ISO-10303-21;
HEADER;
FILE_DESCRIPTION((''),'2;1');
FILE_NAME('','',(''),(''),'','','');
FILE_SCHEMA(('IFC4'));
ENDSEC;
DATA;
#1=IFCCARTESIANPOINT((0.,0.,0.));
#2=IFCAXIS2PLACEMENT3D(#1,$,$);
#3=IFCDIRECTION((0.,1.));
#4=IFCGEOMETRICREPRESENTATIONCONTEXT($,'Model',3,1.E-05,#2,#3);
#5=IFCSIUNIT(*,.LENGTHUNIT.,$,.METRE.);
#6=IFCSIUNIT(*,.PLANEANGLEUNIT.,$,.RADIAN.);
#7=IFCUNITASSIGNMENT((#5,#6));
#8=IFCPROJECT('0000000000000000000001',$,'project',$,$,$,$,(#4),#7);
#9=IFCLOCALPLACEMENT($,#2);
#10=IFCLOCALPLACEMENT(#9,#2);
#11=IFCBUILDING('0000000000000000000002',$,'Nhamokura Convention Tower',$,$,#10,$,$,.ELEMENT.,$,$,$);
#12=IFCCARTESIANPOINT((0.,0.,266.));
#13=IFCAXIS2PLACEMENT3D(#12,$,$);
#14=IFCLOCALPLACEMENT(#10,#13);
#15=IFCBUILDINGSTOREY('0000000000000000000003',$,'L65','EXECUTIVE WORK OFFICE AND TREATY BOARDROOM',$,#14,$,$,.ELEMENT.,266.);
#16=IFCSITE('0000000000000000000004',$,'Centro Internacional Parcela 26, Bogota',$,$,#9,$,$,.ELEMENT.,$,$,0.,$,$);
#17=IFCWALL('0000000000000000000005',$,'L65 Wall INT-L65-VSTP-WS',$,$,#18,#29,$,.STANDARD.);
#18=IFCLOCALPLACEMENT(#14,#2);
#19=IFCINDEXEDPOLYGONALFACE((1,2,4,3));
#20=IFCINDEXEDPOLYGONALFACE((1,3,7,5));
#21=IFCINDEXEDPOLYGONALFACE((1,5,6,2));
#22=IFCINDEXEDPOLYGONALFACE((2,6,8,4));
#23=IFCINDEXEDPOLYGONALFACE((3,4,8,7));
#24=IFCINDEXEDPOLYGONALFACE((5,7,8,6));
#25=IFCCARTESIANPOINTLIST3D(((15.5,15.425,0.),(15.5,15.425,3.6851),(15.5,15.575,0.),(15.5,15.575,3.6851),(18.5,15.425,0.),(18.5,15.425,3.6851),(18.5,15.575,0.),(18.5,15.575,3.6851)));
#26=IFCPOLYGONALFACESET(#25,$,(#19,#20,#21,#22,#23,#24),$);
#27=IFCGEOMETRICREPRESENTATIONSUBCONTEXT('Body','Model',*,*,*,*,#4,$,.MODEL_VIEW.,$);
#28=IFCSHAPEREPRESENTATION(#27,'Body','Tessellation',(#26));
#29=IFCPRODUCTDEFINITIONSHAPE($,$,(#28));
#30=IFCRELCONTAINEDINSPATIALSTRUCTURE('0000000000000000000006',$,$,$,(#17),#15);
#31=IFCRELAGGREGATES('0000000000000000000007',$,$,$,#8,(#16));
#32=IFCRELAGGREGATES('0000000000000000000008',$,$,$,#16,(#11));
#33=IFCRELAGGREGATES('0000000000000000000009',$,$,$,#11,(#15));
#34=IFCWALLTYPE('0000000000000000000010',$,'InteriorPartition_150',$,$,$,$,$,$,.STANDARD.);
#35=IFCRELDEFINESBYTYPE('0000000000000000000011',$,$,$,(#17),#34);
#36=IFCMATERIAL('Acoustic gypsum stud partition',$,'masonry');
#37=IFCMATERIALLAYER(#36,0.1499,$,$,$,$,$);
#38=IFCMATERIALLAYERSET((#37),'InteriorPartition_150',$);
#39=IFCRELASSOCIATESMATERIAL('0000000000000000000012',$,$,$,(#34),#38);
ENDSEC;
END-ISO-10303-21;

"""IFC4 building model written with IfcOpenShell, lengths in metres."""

from ifc_helpers import new_model, si_unit, direction, frame, frame_2d, origin, place, context, subcontext, project, spatial, rectangle, extrude, material, layer, layer_set, type_object, element, save


model = new_model("IFC4")

# Units and contexts
model_context = context("Model", 3, precision=1e-05, world=origin(), true_north=direction((0.0, 1.0)))
body_context = subcontext(model_context, "Body", "Model", "MODEL_VIEW")
ifc_project = project(units=[si_unit("LENGTHUNIT", "METRE"), si_unit("PLANEANGLEUNIT", "RADIAN")], contexts=[model_context])

# Site, building, storey
site_placement = place(None, origin())
site = spatial("IfcSite", under=ifc_project, at=site_placement, Name="Centro Internacional Parcela 26, Bogota", CompositionType="ELEMENT", RefElevation=0.0)
building_placement = place(site_placement, origin())
building = spatial("IfcBuilding", under=site, at=building_placement, Name="Nhamokura Convention Tower", CompositionType="ELEMENT")
storey_placement = place(building_placement, frame((0.0, 0.0, 266.0)))
storey = spatial("IfcBuildingStorey", under=building, at=storey_placement, Name="L65", Description="EXECUTIVE WORK OFFICE AND TREATY BOARDROOM", CompositionType="ELEMENT", Elevation=266.0)

# Wall
ifc_material_1 = material(Name="Acoustic gypsum stud partition", Category="masonry")
ifc_layer_1 = layer(ifc_material_1, 0.1499)
ifc_layer_set_1 = layer_set([ifc_layer_1], Name="InteriorPartition_150")
wall_type_1 = type_object("IfcWallType", Name="InteriorPartition_150", PredefinedType="STANDARD", material=ifc_layer_set_1)
wall_1_placement = place(storey_placement, frame((15.5, 15.5, 0.0), z_axis=(0.0, 0.0, 1.0), x_axis=(1.0, 0.0, 0.0)))
element("IfcWall", 1, at=wall_1_placement, inside=storey, type_object=wall_type_1, Name="L65 Wall INT-L65-VSTP-WS", PredefinedType="STANDARD", context=body_context, shape_type="SweptSolid", body=[
    extrude(rectangle(XDim=3.0, YDim=0.1499, at=frame_2d((1.5, 0.0))), origin(), (0.0, 0.0, 1.0), 3.6851),
])

save(model, "model.ifc")
